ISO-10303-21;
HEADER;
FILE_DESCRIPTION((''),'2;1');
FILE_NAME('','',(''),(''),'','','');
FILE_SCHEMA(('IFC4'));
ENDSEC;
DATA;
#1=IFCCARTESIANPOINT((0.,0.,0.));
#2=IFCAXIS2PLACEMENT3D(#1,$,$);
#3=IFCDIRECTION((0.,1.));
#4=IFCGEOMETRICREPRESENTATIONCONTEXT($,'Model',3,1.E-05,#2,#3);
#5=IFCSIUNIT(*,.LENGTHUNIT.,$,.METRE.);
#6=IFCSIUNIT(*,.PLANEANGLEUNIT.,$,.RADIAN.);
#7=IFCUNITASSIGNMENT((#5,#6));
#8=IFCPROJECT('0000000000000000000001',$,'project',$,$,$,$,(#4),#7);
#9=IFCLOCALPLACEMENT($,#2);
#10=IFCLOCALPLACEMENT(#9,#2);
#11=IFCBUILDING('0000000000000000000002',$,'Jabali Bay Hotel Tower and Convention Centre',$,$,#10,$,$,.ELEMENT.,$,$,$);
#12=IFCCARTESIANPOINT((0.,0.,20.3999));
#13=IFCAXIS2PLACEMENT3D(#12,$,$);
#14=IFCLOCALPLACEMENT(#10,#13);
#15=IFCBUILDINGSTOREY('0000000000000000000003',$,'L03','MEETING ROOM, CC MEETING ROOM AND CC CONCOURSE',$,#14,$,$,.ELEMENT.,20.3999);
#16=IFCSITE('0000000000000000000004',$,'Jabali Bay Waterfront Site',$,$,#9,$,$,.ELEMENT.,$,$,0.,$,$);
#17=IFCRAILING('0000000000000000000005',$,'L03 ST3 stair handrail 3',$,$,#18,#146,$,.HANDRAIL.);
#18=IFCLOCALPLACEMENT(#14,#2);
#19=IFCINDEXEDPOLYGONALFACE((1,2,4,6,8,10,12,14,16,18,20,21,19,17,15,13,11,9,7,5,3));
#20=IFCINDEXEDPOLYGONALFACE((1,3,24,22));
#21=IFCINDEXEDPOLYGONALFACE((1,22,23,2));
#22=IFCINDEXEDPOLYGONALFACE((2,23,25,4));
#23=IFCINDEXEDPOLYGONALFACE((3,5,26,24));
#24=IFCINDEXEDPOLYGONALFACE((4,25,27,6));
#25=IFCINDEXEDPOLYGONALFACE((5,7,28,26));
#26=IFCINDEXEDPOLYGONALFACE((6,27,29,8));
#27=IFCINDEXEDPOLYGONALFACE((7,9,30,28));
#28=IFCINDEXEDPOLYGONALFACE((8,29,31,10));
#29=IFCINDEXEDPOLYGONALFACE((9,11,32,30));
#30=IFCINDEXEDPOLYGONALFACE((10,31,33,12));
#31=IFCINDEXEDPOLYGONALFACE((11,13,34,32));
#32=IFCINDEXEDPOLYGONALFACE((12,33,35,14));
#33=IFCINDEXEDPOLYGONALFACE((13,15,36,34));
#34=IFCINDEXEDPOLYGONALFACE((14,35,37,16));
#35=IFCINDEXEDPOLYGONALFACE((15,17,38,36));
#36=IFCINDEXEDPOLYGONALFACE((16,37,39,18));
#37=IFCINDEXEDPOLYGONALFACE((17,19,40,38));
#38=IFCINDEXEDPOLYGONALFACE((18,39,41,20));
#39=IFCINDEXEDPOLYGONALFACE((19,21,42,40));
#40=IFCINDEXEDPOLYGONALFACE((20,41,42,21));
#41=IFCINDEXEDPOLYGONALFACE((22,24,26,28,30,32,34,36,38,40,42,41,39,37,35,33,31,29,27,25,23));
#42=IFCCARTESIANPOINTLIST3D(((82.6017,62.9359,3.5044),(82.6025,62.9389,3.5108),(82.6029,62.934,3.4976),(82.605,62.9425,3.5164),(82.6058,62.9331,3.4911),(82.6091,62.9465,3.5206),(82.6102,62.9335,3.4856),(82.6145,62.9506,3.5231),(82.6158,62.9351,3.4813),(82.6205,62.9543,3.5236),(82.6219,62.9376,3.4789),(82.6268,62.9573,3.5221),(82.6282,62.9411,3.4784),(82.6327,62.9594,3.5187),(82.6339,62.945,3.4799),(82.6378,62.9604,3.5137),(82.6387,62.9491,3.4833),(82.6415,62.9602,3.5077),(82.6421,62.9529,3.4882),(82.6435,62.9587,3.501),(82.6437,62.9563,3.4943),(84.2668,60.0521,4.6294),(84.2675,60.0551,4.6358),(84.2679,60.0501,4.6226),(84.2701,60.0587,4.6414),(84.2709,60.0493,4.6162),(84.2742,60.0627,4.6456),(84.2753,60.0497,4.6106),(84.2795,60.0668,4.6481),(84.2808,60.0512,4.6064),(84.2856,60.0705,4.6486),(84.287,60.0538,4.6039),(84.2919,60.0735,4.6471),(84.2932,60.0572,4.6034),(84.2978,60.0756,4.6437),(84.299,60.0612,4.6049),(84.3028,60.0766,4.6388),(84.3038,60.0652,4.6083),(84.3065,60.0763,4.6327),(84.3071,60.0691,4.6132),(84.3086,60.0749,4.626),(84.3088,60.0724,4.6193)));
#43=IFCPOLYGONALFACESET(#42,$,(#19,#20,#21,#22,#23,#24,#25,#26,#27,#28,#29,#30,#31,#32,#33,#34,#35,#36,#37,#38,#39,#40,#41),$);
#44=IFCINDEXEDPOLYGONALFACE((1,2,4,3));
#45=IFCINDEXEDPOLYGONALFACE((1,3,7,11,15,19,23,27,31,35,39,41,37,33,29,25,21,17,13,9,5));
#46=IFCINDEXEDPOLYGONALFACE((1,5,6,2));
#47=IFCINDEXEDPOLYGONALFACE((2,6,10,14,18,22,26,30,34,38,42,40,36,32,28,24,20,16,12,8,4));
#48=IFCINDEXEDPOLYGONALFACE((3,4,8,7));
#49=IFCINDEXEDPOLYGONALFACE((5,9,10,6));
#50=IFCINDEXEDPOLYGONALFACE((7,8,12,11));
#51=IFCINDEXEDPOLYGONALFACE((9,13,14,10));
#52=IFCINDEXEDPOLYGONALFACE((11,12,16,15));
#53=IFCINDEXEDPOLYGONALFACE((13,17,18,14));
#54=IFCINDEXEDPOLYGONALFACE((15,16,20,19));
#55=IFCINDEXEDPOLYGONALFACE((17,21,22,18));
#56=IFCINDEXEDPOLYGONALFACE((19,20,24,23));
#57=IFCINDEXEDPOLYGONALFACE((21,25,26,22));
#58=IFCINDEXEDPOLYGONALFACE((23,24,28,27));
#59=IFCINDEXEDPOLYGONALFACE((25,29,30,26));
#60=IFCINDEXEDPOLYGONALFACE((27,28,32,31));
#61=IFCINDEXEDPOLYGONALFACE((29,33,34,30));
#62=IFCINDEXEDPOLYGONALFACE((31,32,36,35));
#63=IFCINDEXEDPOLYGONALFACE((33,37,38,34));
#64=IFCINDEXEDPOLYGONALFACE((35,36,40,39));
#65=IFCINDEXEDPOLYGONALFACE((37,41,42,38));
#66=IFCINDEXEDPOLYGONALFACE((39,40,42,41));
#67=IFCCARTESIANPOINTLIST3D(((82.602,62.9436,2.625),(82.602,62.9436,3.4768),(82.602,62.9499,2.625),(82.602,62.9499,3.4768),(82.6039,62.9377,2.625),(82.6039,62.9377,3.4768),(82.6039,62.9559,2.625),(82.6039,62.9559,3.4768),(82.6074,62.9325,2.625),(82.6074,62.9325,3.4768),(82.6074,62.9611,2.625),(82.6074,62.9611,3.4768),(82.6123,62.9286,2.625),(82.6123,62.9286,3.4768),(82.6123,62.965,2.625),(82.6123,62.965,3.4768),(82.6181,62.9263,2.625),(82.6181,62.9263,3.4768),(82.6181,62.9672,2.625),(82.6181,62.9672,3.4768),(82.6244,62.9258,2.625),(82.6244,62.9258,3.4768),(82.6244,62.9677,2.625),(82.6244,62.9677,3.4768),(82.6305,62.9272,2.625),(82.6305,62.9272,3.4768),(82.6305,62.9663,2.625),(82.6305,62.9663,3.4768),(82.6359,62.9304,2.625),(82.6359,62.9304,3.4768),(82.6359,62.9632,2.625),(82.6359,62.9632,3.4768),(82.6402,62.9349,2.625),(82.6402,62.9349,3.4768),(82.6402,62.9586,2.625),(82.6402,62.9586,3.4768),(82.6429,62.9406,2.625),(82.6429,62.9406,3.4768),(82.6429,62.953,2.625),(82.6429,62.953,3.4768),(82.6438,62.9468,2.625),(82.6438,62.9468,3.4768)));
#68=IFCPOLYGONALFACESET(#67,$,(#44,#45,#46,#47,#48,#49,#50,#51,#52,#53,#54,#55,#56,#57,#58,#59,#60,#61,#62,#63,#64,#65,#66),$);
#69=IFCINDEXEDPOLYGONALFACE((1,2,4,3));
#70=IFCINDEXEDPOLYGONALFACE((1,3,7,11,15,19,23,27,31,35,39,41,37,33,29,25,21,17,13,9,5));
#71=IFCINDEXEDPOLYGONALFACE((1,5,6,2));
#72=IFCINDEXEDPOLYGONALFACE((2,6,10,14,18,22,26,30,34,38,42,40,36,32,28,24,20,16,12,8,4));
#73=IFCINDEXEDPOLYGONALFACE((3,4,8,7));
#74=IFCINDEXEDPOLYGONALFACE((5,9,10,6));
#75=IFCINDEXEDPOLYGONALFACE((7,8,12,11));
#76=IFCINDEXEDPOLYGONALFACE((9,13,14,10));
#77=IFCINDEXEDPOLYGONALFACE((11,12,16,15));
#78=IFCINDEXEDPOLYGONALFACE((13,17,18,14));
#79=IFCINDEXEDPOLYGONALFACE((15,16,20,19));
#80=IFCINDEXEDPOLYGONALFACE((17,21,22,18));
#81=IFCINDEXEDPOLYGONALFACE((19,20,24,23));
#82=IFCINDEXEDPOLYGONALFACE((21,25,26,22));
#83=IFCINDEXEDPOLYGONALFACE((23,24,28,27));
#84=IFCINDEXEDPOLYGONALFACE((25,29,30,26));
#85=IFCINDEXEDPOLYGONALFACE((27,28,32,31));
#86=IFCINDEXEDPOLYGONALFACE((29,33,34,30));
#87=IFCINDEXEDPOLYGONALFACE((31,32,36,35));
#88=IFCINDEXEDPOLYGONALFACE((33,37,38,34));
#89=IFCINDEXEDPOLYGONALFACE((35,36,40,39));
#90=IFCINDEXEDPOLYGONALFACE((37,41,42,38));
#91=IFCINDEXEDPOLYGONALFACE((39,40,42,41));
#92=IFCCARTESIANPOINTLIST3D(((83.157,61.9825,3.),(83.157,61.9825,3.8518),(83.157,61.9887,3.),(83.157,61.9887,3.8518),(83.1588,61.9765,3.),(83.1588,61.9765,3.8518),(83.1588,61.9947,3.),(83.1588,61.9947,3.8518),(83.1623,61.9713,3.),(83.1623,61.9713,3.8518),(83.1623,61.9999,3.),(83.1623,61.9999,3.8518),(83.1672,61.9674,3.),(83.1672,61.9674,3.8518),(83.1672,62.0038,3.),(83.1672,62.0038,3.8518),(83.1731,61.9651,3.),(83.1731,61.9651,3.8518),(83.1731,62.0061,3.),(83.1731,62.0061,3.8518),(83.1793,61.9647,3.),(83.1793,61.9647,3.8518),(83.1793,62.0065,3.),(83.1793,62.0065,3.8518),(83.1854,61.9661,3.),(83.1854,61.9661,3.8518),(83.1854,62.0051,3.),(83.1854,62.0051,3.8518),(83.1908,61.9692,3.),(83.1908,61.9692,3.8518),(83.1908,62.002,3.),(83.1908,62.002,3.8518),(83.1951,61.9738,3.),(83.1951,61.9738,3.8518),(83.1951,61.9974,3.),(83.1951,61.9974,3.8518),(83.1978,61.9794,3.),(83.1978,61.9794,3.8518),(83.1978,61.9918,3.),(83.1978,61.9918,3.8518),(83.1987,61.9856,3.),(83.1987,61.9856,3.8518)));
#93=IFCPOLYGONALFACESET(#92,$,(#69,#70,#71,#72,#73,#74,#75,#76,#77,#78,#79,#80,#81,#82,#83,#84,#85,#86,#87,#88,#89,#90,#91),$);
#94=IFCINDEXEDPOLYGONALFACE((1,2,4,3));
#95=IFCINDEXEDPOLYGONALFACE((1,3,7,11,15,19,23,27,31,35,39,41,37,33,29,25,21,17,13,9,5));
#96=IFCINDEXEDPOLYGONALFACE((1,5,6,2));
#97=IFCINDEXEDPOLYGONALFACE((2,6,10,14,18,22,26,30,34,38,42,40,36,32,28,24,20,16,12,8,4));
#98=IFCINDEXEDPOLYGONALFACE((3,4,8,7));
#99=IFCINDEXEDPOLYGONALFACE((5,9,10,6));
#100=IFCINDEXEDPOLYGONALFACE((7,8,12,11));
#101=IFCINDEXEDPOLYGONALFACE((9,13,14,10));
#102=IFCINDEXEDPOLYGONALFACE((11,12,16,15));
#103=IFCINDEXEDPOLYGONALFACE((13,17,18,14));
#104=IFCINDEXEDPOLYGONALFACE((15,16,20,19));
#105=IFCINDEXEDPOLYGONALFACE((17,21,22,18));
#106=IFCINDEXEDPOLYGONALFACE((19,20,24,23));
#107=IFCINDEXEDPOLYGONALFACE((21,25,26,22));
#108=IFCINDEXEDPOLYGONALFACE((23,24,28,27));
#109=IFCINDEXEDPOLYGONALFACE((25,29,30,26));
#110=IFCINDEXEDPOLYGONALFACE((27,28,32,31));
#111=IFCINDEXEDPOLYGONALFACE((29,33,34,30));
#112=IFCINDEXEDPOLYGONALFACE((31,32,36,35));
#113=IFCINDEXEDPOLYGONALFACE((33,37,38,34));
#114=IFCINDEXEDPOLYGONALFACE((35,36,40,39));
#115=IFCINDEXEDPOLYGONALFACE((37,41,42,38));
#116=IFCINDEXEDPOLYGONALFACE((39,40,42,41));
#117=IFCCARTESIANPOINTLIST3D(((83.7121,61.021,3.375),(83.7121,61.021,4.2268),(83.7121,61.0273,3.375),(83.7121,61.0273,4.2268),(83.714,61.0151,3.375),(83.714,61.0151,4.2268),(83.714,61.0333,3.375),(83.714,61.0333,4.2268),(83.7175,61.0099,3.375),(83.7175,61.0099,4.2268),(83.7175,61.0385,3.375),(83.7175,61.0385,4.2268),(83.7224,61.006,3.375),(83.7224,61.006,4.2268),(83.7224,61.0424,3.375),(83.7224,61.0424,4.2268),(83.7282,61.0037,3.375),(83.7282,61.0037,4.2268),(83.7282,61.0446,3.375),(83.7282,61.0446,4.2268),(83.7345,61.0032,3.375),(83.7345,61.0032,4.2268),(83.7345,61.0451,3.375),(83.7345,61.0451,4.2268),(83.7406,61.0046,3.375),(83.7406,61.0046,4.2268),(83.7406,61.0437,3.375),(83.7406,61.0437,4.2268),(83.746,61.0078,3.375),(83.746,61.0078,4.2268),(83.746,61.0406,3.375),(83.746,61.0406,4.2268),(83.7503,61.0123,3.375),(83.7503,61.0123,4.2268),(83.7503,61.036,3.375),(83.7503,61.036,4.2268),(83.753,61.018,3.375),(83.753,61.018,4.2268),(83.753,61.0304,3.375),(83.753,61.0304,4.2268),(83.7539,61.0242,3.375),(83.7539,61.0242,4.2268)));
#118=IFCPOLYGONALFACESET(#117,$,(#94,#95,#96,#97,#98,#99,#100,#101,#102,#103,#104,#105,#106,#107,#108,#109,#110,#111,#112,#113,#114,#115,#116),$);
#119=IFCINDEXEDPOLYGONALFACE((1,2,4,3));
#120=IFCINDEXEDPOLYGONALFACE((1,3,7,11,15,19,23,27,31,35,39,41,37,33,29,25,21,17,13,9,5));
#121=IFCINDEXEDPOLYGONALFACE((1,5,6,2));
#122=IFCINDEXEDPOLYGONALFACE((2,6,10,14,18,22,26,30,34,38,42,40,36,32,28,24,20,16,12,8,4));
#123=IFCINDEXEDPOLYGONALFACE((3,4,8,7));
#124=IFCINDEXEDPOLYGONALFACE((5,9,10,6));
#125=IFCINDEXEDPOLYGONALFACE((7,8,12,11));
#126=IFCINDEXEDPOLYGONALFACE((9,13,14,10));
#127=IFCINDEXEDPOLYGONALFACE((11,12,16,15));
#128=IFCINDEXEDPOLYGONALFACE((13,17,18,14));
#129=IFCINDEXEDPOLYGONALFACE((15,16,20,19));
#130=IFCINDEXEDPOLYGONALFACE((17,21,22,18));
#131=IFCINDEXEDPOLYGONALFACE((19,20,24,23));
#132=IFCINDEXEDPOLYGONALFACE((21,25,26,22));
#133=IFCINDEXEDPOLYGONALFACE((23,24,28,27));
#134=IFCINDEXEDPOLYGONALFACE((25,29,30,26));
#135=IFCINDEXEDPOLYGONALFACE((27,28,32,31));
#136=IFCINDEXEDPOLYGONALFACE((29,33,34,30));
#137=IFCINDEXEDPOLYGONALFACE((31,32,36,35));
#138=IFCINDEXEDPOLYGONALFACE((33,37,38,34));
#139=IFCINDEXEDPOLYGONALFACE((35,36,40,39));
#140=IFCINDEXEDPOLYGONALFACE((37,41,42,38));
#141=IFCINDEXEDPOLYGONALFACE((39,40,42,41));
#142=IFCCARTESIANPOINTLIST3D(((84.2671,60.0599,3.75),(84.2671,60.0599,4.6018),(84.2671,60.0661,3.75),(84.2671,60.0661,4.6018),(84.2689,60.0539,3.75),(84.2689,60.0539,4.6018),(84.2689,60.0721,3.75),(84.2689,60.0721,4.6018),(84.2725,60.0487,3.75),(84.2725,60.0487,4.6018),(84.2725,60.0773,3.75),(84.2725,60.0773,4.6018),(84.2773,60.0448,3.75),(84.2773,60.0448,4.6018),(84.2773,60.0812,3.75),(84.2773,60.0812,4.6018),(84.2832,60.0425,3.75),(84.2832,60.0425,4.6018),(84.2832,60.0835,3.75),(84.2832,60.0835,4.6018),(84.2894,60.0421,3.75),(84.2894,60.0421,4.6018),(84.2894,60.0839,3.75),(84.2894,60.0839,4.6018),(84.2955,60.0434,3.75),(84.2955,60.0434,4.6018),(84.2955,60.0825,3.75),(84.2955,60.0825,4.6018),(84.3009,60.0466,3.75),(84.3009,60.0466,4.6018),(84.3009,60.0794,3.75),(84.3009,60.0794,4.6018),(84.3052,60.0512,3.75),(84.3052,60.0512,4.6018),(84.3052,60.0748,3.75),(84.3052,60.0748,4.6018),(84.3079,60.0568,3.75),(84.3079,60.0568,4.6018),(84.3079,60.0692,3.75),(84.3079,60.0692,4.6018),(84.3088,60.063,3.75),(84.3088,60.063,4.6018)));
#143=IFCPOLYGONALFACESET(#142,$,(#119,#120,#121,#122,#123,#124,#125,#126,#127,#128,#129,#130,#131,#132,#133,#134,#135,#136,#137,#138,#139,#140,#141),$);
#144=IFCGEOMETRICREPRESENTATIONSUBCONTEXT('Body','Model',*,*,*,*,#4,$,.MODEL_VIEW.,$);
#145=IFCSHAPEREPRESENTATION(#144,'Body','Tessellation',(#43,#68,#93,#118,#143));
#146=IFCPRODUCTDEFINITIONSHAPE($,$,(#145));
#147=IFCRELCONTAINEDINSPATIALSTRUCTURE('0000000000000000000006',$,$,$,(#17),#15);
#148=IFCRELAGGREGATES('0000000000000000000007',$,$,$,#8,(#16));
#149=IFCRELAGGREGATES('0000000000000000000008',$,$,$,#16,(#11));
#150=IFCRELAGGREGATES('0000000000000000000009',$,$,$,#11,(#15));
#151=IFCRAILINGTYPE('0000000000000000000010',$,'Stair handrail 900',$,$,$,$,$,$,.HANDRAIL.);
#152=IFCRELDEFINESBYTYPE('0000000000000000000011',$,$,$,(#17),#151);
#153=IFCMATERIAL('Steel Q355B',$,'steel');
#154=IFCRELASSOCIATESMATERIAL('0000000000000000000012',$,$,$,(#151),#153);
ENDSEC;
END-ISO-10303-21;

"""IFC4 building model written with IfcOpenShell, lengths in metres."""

from ifc_helpers import new_model, si_unit, direction, frame, origin, origin_2d, place, context, subcontext, project, spatial, circle, extrude, material, type_object, element, save


model = new_model("IFC4")

# Units and contexts
model_context = context("Model", 3, precision=1e-05, world=origin(), true_north=direction((0.0, 1.0)))
body_context = subcontext(model_context, "Body", "Model", "MODEL_VIEW")
ifc_project = project(units=[si_unit("LENGTHUNIT", "METRE"), si_unit("PLANEANGLEUNIT", "RADIAN")], contexts=[model_context])

# Site, building, storey
site_placement = place(None, origin())
site = spatial("IfcSite", under=ifc_project, at=site_placement, Name="Jabali Bay Waterfront Site", CompositionType="ELEMENT", RefElevation=0.0)
building_placement = place(site_placement, origin())
building = spatial("IfcBuilding", under=site, at=building_placement, Name="Jabali Bay Hotel Tower and Convention Centre", CompositionType="ELEMENT")
storey_placement = place(building_placement, frame((0.0, 0.0, 20.3999)))
storey = spatial("IfcBuildingStorey", under=building, at=storey_placement, Name="L03", Description="MEETING ROOM, CC MEETING ROOM AND CC CONCOURSE", CompositionType="ELEMENT", Elevation=20.3999)

# Railing
ifc_material_1 = material(Name="Steel Q355B", Category="steel")
railing_type = type_object("IfcRailingType", Name="Stair handrail 900", PredefinedType="HANDRAIL", material=ifc_material_1)
for number, where, name in (
    (1, (82.6228, 62.9468, 2.625), "L03 ST3 stair handrail 3"),
):
    element("IfcRailing", number, at=place(storey_placement, frame(where)), inside=storey, type_object=railing_type, Name=name, PredefinedType="HANDRAIL", context=body_context, shape_type="SweptSolid", body=[
        extrude(circle(Radius=0.0239, at=origin_2d()), frame((0.0, 0.0, 0.876), z_axis=(0.473715, -0.820457, 0.32007), x_axis=(0.866015, 0.500019, 0.0)), (0.0, 0.0, 1.0), 3.5149),
        extrude(circle(Radius=0.021, at=origin_2d()), origin(), (0.0, 0.0, 1.0), 0.8518),
        extrude(circle(Radius=0.021, at=origin_2d()), frame((0.5549, -0.9612, 0.375)), (0.0, 0.0, 1.0), 0.8518),
        extrude(circle(Radius=0.021, at=origin_2d()), frame((1.1101, -1.9226, 0.75)), (0.0, 0.0, 1.0), 0.8518),
        extrude(circle(Radius=0.021, at=origin_2d()), frame((1.665, -2.8838, 1.125)), (0.0, 0.0, 1.0), 0.8518),
    ])

save(model, "model.ifc")
